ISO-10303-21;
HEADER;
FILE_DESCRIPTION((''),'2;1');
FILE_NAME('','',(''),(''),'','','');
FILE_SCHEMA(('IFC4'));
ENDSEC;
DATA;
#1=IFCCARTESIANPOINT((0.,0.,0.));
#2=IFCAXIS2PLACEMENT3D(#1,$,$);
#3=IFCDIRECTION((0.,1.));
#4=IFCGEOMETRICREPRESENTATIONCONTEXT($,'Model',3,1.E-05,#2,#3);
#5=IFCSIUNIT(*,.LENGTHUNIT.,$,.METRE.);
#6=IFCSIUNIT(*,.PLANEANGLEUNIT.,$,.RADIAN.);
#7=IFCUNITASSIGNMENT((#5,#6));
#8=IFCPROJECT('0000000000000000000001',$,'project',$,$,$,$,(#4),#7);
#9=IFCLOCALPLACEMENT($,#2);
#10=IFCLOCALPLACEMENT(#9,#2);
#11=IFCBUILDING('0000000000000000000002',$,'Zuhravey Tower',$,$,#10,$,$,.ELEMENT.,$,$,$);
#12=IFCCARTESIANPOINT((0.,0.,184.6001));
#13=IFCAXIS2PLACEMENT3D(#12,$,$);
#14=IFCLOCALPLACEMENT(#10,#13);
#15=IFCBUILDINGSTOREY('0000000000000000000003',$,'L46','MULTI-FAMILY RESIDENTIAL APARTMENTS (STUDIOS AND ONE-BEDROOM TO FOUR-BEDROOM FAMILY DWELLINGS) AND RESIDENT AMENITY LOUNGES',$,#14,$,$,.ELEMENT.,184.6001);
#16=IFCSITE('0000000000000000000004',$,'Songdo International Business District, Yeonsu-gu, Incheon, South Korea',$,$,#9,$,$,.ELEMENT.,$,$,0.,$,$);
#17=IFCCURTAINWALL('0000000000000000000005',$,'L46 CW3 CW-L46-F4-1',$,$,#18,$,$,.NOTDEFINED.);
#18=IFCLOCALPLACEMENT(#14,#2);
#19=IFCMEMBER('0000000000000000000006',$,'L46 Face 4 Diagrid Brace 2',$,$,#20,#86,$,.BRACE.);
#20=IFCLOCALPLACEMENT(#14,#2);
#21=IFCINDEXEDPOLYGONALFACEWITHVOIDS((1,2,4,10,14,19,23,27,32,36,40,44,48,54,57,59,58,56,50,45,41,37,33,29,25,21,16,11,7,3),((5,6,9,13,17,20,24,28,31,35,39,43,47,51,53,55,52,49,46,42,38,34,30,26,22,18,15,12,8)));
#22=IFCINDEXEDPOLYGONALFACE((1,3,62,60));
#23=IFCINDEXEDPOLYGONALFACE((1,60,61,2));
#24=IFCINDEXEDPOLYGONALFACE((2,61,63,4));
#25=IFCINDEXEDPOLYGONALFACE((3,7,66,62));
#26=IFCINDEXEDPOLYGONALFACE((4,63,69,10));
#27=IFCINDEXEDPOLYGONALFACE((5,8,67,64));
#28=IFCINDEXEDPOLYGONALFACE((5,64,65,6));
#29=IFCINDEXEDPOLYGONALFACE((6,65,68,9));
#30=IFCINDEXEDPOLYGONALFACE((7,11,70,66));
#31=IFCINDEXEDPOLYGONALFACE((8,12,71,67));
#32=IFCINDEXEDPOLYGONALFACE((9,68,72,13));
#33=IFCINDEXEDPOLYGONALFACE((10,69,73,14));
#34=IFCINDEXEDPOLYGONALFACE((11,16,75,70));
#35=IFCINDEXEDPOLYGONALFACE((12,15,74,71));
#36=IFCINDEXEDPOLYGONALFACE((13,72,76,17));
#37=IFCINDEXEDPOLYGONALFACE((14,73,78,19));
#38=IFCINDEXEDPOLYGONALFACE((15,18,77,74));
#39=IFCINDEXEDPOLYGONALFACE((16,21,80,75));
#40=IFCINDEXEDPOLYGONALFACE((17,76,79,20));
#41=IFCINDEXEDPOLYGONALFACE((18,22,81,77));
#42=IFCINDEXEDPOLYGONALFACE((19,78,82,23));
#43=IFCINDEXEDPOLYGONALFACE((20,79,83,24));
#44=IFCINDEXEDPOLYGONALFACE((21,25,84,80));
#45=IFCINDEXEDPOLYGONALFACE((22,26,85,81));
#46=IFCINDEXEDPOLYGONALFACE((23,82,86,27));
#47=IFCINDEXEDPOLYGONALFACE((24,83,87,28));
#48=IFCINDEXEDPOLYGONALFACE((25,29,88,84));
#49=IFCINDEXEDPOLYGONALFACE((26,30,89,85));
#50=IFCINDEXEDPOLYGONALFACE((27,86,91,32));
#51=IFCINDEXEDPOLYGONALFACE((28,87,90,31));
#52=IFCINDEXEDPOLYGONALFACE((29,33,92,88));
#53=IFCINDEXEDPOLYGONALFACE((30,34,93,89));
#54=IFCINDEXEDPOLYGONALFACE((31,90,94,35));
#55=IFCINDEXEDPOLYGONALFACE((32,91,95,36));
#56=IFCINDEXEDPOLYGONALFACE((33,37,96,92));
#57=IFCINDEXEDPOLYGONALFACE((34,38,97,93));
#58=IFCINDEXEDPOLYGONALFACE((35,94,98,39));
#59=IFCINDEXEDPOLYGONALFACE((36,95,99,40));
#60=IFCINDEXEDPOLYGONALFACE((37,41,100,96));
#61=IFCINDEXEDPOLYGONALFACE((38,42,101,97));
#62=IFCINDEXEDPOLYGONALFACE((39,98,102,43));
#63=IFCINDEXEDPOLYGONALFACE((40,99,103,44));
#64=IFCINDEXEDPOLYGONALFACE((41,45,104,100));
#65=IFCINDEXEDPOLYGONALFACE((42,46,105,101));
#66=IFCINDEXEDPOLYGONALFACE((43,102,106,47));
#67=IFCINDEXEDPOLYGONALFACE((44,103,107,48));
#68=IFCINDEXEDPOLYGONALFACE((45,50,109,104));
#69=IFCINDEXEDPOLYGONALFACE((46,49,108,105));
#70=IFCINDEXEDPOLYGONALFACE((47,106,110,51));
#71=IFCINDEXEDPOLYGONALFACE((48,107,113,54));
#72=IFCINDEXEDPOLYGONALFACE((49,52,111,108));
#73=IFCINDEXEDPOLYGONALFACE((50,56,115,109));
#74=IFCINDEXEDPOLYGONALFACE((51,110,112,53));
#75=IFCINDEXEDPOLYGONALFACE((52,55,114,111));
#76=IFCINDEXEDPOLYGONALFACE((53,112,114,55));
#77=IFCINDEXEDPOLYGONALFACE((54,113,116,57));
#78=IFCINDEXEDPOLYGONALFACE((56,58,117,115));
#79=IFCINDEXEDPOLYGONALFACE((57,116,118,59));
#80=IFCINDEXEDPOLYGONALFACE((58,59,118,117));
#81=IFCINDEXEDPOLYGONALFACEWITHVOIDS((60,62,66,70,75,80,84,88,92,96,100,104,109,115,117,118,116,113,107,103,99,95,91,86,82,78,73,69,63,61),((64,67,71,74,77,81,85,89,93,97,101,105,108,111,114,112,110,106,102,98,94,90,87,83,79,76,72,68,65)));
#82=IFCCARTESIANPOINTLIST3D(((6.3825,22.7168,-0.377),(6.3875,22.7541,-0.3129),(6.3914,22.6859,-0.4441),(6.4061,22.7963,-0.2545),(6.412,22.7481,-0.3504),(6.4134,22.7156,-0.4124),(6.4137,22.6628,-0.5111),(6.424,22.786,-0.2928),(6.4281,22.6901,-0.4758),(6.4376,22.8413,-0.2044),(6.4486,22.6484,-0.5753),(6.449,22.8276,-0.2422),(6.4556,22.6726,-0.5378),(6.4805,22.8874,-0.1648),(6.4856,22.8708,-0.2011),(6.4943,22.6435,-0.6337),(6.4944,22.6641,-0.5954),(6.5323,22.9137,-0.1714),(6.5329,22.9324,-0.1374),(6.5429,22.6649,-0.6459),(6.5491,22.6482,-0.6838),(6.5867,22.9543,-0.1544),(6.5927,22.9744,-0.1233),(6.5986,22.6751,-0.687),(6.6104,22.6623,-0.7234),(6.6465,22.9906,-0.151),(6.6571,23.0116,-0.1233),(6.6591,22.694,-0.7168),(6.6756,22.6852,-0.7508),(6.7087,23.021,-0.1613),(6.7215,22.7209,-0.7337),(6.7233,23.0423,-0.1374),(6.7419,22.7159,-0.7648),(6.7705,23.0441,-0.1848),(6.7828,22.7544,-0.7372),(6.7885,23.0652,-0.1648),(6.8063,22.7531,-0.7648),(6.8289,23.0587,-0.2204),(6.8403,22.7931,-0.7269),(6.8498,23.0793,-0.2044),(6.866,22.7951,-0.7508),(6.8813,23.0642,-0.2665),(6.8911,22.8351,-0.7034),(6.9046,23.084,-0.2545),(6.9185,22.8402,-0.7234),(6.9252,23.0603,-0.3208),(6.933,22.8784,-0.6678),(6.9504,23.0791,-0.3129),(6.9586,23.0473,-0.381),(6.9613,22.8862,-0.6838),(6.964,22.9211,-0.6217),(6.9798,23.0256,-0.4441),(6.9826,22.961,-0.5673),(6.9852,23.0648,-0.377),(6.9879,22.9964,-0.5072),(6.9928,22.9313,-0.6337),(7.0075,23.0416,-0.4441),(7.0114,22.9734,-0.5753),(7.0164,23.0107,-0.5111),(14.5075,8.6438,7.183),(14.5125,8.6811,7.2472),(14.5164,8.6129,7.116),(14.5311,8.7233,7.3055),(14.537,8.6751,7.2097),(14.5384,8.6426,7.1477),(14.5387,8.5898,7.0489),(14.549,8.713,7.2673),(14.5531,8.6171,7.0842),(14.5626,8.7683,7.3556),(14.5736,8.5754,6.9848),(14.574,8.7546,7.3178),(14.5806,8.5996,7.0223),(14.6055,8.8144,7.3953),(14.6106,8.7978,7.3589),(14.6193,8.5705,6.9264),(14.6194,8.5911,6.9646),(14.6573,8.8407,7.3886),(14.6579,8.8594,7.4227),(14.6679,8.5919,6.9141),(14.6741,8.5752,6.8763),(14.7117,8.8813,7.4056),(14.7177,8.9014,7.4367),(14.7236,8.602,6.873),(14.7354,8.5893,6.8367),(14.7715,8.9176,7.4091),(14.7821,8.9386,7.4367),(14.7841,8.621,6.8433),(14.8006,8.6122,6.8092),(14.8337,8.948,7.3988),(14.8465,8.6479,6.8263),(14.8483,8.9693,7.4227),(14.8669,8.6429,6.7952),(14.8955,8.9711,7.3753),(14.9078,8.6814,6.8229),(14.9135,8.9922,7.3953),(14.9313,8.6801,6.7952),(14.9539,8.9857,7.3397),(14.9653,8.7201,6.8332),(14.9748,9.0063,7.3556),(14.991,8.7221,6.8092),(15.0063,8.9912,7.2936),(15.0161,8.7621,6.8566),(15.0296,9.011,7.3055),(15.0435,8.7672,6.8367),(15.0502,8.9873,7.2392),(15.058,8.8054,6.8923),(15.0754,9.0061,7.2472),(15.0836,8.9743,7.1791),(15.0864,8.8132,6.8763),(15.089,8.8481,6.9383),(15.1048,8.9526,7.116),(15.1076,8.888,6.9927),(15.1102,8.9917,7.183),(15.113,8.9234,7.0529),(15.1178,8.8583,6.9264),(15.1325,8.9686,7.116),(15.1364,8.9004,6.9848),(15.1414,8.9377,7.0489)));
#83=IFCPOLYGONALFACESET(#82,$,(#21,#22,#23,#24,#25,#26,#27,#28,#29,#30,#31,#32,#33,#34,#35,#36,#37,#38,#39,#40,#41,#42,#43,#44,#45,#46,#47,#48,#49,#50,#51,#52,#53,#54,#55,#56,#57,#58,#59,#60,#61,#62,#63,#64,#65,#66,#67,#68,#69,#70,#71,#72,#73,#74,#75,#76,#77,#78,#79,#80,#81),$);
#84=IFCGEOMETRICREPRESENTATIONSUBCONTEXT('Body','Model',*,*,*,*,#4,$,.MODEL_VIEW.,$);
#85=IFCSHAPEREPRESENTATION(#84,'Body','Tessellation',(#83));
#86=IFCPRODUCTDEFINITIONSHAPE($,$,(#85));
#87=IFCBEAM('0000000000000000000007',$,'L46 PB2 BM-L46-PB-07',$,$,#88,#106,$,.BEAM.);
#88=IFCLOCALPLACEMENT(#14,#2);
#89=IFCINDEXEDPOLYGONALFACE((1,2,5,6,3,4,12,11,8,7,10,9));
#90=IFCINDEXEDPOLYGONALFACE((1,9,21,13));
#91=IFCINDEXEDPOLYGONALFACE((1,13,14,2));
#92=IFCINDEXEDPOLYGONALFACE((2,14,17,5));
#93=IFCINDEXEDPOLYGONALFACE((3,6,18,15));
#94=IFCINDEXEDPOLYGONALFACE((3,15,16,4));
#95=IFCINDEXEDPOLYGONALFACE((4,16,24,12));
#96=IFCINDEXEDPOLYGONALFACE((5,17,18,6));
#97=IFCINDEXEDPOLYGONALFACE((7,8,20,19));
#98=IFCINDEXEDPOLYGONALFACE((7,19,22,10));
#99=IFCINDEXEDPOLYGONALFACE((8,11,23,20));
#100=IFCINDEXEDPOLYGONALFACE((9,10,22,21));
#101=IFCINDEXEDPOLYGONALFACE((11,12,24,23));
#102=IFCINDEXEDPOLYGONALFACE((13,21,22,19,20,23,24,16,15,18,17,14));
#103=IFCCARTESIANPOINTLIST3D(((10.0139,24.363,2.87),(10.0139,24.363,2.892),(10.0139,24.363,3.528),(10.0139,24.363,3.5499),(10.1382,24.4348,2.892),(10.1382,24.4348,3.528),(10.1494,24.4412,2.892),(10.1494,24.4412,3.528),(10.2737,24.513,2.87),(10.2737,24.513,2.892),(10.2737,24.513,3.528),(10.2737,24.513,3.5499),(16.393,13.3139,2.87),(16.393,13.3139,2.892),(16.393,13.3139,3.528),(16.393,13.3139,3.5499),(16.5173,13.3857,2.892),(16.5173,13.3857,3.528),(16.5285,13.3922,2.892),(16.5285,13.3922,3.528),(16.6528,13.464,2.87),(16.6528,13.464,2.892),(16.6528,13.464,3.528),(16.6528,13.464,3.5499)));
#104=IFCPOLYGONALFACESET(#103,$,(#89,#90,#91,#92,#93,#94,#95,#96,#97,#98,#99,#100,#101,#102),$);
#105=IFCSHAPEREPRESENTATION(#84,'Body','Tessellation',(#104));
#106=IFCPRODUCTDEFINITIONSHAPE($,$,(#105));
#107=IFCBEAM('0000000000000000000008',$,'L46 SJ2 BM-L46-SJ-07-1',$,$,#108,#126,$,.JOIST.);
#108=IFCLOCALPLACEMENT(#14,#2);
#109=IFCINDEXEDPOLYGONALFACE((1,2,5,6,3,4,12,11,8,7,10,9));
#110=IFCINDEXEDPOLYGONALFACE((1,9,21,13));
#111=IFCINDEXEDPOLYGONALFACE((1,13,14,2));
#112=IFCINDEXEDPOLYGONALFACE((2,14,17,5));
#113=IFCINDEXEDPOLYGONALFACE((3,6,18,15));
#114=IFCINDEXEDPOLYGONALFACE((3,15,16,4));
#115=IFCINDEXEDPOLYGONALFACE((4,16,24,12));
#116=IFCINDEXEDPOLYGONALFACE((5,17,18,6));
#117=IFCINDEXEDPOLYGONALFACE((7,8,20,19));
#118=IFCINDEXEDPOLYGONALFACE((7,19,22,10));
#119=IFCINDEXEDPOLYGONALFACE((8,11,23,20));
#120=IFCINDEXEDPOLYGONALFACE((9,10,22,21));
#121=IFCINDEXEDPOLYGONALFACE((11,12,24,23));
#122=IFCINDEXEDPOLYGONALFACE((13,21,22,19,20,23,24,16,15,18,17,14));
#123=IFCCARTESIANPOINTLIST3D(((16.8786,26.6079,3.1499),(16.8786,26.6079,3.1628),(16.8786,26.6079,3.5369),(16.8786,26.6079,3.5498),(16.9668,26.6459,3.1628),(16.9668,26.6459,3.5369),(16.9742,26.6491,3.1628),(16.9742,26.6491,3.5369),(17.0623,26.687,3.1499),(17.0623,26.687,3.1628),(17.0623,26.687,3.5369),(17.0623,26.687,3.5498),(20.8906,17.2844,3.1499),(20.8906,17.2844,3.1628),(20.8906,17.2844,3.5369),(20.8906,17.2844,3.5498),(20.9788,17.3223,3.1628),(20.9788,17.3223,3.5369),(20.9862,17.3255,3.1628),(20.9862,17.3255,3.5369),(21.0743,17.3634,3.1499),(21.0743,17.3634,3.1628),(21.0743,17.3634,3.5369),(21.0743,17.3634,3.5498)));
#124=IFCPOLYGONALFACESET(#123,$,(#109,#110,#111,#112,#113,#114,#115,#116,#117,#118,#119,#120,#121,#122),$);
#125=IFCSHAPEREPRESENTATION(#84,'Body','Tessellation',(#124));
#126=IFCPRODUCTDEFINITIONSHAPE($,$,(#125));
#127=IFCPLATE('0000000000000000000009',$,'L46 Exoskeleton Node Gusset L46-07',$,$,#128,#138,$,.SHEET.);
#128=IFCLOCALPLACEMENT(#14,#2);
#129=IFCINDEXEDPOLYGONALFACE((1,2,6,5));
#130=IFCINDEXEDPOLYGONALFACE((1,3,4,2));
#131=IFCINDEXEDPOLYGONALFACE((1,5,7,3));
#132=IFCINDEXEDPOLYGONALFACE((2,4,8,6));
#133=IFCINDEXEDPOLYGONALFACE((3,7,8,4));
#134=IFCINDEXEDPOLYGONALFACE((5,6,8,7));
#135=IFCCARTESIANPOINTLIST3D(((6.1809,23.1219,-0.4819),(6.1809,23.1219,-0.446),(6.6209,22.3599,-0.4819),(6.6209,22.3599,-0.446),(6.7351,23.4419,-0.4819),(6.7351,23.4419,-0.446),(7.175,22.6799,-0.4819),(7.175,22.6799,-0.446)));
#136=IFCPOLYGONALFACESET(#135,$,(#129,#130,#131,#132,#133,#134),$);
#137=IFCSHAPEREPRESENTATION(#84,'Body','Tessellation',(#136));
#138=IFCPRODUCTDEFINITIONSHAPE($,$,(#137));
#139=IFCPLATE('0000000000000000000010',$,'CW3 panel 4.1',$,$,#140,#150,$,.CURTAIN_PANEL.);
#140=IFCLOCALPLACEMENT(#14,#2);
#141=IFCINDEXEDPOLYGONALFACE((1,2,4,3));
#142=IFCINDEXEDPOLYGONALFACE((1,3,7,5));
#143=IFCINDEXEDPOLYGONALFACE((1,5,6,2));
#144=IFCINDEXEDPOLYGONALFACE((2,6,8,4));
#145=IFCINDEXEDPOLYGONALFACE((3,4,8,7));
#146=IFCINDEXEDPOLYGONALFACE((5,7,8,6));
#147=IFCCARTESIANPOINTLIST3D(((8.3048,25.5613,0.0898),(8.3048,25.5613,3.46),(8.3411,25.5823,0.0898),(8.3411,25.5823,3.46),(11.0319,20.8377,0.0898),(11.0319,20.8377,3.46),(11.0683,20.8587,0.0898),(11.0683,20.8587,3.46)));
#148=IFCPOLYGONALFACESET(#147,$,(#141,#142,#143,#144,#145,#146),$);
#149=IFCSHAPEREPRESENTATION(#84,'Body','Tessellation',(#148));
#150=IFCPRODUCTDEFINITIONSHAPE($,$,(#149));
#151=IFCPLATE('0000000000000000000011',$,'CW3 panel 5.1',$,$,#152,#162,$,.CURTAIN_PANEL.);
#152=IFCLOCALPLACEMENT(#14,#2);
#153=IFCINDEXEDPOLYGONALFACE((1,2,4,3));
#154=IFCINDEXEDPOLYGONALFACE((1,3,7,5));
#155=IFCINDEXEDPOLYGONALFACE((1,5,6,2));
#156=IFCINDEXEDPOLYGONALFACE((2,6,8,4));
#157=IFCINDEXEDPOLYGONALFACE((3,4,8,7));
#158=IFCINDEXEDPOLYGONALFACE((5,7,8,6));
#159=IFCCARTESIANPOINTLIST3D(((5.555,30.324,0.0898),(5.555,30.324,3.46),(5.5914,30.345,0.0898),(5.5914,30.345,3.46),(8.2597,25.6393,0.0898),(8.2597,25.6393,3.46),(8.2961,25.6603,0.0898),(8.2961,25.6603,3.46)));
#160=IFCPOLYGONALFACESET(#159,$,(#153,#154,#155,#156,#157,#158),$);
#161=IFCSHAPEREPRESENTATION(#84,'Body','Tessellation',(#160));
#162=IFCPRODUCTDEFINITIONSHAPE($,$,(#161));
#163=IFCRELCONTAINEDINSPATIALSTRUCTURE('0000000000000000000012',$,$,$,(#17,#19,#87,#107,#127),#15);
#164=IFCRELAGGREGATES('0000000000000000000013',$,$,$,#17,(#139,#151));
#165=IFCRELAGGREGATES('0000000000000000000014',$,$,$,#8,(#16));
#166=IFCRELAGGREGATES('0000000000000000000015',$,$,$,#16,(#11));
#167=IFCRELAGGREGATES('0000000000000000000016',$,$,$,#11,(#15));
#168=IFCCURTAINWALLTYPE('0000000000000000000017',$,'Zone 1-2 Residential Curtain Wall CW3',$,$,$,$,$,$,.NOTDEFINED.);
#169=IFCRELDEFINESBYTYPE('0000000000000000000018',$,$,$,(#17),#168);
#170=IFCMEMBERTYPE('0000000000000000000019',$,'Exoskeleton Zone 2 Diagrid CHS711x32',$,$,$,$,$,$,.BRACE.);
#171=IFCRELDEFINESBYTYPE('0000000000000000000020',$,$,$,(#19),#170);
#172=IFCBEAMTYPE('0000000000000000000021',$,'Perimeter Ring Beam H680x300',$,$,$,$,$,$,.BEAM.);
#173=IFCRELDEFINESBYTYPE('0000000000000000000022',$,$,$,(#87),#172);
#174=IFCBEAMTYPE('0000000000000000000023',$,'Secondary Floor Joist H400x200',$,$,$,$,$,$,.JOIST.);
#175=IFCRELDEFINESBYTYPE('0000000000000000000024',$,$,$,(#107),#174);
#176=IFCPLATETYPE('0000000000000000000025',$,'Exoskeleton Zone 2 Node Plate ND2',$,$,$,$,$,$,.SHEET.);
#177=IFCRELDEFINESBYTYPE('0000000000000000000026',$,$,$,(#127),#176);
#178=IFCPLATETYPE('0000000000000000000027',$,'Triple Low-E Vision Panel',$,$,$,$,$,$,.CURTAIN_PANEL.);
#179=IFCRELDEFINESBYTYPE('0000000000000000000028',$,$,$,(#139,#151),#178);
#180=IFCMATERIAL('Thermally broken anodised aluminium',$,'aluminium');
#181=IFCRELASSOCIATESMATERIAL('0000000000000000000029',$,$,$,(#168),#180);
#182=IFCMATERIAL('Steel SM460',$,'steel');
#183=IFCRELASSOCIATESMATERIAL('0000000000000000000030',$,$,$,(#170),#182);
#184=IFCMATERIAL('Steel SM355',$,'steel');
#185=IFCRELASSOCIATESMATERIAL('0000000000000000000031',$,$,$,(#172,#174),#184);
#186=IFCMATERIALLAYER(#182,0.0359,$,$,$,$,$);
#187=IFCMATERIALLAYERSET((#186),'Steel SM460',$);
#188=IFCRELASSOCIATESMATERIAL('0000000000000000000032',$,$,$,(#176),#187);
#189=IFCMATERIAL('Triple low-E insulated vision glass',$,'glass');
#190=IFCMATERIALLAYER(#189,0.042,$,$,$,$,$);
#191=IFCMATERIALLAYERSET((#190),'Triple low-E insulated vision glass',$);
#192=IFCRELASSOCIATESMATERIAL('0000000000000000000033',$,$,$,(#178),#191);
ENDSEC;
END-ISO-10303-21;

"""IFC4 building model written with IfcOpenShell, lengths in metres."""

from ifc_helpers import new_model, si_unit, direction, frame, origin, origin_2d, place, context, subcontext, project, spatial, rectangle, hollow_circle, i_section, extrude, material, layer, layer_set, material_profile, profile_set, type_object, element, aggregate, save


model = new_model("IFC4")

# Units and contexts
model_context = context("Model", 3, precision=1e-05, world=origin(), true_north=direction((0.0, 1.0)))
body_context = subcontext(model_context, "Body", "Model", "MODEL_VIEW")
ifc_project = project(units=[si_unit("LENGTHUNIT", "METRE"), si_unit("PLANEANGLEUNIT", "RADIAN")], contexts=[model_context])

# Site, building, storey
site_placement = place(None, origin())
site = spatial("IfcSite", under=ifc_project, at=site_placement, Name="Songdo International Business District, Yeonsu-gu, Incheon, South Korea", CompositionType="ELEMENT", RefElevation=0.0)
building_placement = place(site_placement, origin())
building = spatial("IfcBuilding", under=site, at=building_placement, Name="Zuhravey Tower", CompositionType="ELEMENT")
storey_placement = place(building_placement, frame((0.0, 0.0, 184.6001)))
storey = spatial("IfcBuildingStorey", under=building, at=storey_placement, Name="L46", Description="MULTI-FAMILY RESIDENTIAL APARTMENTS (STUDIOS AND ONE-BEDROOM TO FOUR-BEDROOM FAMILY DWELLINGS) AND RESIDENT AMENITY LOUNGES", CompositionType="ELEMENT", Elevation=184.6001)

# Curtain wall
ifc_material_1 = material(Name="Thermally broken anodised aluminium", Category="aluminium")
curtain_wall_type = type_object("IfcCurtainWallType", Name="Zone 1-2 Residential Curtain Wall CW3", PredefinedType="NOTDEFINED", material=ifc_material_1)
curtain_wall_placement = place(storey_placement, origin())
curtain_wall = element("IfcCurtainWall", 1, at=curtain_wall_placement, inside=storey, type_object=curtain_wall_type, Name="L46 CW3 CW-L46-F4-1", PredefinedType="NOTDEFINED")

# Member
ifc_material_2 = material(Name="Steel SM355", Category="steel")
ifc_material_3 = material(Name="Steel SM460", Category="steel")
ifc_material_profile_1 = material_profile(ifc_material_3, hollow_circle(Radius=0.3557, WallThickness=0.032, at=origin_2d()), Name="CHS-711.2x32")
ifc_profile_set_1 = profile_set([ifc_material_profile_1], Name="Steel SM460")
member_type_1 = type_object("IfcMemberType", Name="Exoskeleton Zone 2 Diagrid CHS711x32", PredefinedType="BRACE", material=ifc_profile_set_1)
member_1_placement = place(storey_placement, frame((6.6995, 22.8638, -0.4441), z_axis=(0.453338, -0.78521, 0.421817), x_axis=(0.866027, 0.499998, 0.0)))
element("IfcMember", 2, at=member_1_placement, inside=storey, type_object=member_type_1, Name="L46 Face 4 Diagrid Brace 2", PredefinedType="BRACE", context=body_context, shape_type="SweptSolid", body=[
    extrude(hollow_circle(Radius=0.3557, WallThickness=0.032, at=origin_2d()), origin(), (0.0, 0.0, 1.0), 17.9226),
])

# Beams
ifc_material_profile_2 = material_profile(ifc_material_2, i_section(OverallWidth=0.3, OverallDepth=0.6799, WebThickness=0.0129, FlangeThickness=0.022, at=origin_2d()), Name="H-680x300x13x22")
ifc_profile_set_2 = profile_set([ifc_material_profile_2], Name="Steel SM355")
beam_type_1 = type_object("IfcBeamType", Name="Perimeter Ring Beam H680x300", PredefinedType="BEAM", material=ifc_profile_set_2)
beam_1_placement = place(storey_placement, frame((10.1438, 24.438, 3.21), z_axis=(0.499998, -0.866027, 0.0), x_axis=(0.866027, 0.499998, 0.0)))
element("IfcBeam", 3, at=beam_1_placement, inside=storey, type_object=beam_type_1, Name="L46 PB2 BM-L46-PB-07", PredefinedType="BEAM", context=body_context, shape_type="SweptSolid", body=[
    extrude(i_section(OverallWidth=0.3, OverallDepth=0.6799, WebThickness=0.0129, FlangeThickness=0.022, at=origin_2d()), origin(), (0.0, 0.0, 1.0), 12.7583),
])
ifc_material_profile_3 = material_profile(ifc_material_2, i_section(OverallWidth=0.2, OverallDepth=0.3999, WebThickness=0.0081, FlangeThickness=0.0129, at=origin_2d()), Name="H-400x200x8x13")
ifc_profile_set_3 = profile_set([ifc_material_profile_3], Name="Steel SM355")
beam_type_2 = type_object("IfcBeamType", Name="Secondary Floor Joist H400x200", PredefinedType="JOIST", material=ifc_profile_set_3)
beam_2_placement = place(storey_placement, frame((16.9705, 26.6475, 3.3499), z_axis=(0.395266, -0.918567, 0.0), x_axis=(0.918567, 0.395266, 0.0)))
element("IfcBeam", 4, at=beam_2_placement, inside=storey, type_object=beam_type_2, Name="L46 SJ2 BM-L46-SJ-07-1", PredefinedType="JOIST", context=body_context, shape_type="SweptSolid", body=[
    extrude(i_section(OverallWidth=0.2, OverallDepth=0.3999, WebThickness=0.0081, FlangeThickness=0.0129, at=origin_2d()), origin(), (0.0, 0.0, 1.0), 10.1501),
])

# Plates
ifc_layer_1 = layer(ifc_material_3, 0.0359)
ifc_layer_set_1 = layer_set([ifc_layer_1], Name="Steel SM460")
plate_type_1 = type_object("IfcPlateType", Name="Exoskeleton Zone 2 Node Plate ND2", PredefinedType="SHEET", material=ifc_layer_set_1)
plate_1_placement = place(storey_placement, frame((6.678, 22.9009, -0.4819), z_axis=(0.0, 0.0, 1.0), x_axis=(0.5, -0.866025, 0.0)))
element("IfcPlate", 5, at=plate_1_placement, inside=storey, type_object=plate_type_1, Name="L46 Exoskeleton Node Gusset L46-07", PredefinedType="SHEET", context=body_context, shape_type="SweptSolid", body=[
    extrude(rectangle(XDim=0.8799, YDim=0.6399, at=origin_2d()), origin(), (0.0, 0.0, 1.0), 0.0359),
])
ifc_material_4 = material(Name="Triple low-E insulated vision glass", Category="glass")
ifc_layer_2 = layer(ifc_material_4, 0.042)
ifc_layer_set_2 = layer_set([ifc_layer_2], Name="Triple low-E insulated vision glass")
plate_type_2 = type_object("IfcPlateType", Name="Triple Low-E Vision Panel", PredefinedType="CURTAIN_PANEL", material=ifc_layer_set_2)
plate_2_placement = place(storey_placement, frame((9.6865, 23.21, 0.0898), z_axis=(0.0, 0.0, 1.0), x_axis=(-0.5, 0.866025, 0.0)))
plate_2 = element("IfcPlate", 6, at=plate_2_placement, type_object=plate_type_2, Name="CW3 panel 4.1", PredefinedType="CURTAIN_PANEL", context=body_context, shape_type="SweptSolid", body=[
    extrude(rectangle(XDim=5.4543, YDim=0.042, at=origin_2d()), origin(), (0.0, 0.0, 1.0), 3.3701),
])
plate_3_placement = place(storey_placement, frame((6.9255, 27.9922, 0.0898), z_axis=(0.0, 0.0, 1.0), x_axis=(-0.5, 0.866025, 0.0)))
plate_3 = element("IfcPlate", 7, at=plate_3_placement, type_object=plate_type_2, Name="CW3 panel 5.1", PredefinedType="CURTAIN_PANEL", context=body_context, shape_type="SweptSolid", body=[
    extrude(rectangle(XDim=5.4094, YDim=0.042, at=origin_2d()), origin(), (0.0, 0.0, 1.0), 3.3701),
])
aggregate(curtain_wall, [plate_2, plate_3])

save(model, "model.ifc")
